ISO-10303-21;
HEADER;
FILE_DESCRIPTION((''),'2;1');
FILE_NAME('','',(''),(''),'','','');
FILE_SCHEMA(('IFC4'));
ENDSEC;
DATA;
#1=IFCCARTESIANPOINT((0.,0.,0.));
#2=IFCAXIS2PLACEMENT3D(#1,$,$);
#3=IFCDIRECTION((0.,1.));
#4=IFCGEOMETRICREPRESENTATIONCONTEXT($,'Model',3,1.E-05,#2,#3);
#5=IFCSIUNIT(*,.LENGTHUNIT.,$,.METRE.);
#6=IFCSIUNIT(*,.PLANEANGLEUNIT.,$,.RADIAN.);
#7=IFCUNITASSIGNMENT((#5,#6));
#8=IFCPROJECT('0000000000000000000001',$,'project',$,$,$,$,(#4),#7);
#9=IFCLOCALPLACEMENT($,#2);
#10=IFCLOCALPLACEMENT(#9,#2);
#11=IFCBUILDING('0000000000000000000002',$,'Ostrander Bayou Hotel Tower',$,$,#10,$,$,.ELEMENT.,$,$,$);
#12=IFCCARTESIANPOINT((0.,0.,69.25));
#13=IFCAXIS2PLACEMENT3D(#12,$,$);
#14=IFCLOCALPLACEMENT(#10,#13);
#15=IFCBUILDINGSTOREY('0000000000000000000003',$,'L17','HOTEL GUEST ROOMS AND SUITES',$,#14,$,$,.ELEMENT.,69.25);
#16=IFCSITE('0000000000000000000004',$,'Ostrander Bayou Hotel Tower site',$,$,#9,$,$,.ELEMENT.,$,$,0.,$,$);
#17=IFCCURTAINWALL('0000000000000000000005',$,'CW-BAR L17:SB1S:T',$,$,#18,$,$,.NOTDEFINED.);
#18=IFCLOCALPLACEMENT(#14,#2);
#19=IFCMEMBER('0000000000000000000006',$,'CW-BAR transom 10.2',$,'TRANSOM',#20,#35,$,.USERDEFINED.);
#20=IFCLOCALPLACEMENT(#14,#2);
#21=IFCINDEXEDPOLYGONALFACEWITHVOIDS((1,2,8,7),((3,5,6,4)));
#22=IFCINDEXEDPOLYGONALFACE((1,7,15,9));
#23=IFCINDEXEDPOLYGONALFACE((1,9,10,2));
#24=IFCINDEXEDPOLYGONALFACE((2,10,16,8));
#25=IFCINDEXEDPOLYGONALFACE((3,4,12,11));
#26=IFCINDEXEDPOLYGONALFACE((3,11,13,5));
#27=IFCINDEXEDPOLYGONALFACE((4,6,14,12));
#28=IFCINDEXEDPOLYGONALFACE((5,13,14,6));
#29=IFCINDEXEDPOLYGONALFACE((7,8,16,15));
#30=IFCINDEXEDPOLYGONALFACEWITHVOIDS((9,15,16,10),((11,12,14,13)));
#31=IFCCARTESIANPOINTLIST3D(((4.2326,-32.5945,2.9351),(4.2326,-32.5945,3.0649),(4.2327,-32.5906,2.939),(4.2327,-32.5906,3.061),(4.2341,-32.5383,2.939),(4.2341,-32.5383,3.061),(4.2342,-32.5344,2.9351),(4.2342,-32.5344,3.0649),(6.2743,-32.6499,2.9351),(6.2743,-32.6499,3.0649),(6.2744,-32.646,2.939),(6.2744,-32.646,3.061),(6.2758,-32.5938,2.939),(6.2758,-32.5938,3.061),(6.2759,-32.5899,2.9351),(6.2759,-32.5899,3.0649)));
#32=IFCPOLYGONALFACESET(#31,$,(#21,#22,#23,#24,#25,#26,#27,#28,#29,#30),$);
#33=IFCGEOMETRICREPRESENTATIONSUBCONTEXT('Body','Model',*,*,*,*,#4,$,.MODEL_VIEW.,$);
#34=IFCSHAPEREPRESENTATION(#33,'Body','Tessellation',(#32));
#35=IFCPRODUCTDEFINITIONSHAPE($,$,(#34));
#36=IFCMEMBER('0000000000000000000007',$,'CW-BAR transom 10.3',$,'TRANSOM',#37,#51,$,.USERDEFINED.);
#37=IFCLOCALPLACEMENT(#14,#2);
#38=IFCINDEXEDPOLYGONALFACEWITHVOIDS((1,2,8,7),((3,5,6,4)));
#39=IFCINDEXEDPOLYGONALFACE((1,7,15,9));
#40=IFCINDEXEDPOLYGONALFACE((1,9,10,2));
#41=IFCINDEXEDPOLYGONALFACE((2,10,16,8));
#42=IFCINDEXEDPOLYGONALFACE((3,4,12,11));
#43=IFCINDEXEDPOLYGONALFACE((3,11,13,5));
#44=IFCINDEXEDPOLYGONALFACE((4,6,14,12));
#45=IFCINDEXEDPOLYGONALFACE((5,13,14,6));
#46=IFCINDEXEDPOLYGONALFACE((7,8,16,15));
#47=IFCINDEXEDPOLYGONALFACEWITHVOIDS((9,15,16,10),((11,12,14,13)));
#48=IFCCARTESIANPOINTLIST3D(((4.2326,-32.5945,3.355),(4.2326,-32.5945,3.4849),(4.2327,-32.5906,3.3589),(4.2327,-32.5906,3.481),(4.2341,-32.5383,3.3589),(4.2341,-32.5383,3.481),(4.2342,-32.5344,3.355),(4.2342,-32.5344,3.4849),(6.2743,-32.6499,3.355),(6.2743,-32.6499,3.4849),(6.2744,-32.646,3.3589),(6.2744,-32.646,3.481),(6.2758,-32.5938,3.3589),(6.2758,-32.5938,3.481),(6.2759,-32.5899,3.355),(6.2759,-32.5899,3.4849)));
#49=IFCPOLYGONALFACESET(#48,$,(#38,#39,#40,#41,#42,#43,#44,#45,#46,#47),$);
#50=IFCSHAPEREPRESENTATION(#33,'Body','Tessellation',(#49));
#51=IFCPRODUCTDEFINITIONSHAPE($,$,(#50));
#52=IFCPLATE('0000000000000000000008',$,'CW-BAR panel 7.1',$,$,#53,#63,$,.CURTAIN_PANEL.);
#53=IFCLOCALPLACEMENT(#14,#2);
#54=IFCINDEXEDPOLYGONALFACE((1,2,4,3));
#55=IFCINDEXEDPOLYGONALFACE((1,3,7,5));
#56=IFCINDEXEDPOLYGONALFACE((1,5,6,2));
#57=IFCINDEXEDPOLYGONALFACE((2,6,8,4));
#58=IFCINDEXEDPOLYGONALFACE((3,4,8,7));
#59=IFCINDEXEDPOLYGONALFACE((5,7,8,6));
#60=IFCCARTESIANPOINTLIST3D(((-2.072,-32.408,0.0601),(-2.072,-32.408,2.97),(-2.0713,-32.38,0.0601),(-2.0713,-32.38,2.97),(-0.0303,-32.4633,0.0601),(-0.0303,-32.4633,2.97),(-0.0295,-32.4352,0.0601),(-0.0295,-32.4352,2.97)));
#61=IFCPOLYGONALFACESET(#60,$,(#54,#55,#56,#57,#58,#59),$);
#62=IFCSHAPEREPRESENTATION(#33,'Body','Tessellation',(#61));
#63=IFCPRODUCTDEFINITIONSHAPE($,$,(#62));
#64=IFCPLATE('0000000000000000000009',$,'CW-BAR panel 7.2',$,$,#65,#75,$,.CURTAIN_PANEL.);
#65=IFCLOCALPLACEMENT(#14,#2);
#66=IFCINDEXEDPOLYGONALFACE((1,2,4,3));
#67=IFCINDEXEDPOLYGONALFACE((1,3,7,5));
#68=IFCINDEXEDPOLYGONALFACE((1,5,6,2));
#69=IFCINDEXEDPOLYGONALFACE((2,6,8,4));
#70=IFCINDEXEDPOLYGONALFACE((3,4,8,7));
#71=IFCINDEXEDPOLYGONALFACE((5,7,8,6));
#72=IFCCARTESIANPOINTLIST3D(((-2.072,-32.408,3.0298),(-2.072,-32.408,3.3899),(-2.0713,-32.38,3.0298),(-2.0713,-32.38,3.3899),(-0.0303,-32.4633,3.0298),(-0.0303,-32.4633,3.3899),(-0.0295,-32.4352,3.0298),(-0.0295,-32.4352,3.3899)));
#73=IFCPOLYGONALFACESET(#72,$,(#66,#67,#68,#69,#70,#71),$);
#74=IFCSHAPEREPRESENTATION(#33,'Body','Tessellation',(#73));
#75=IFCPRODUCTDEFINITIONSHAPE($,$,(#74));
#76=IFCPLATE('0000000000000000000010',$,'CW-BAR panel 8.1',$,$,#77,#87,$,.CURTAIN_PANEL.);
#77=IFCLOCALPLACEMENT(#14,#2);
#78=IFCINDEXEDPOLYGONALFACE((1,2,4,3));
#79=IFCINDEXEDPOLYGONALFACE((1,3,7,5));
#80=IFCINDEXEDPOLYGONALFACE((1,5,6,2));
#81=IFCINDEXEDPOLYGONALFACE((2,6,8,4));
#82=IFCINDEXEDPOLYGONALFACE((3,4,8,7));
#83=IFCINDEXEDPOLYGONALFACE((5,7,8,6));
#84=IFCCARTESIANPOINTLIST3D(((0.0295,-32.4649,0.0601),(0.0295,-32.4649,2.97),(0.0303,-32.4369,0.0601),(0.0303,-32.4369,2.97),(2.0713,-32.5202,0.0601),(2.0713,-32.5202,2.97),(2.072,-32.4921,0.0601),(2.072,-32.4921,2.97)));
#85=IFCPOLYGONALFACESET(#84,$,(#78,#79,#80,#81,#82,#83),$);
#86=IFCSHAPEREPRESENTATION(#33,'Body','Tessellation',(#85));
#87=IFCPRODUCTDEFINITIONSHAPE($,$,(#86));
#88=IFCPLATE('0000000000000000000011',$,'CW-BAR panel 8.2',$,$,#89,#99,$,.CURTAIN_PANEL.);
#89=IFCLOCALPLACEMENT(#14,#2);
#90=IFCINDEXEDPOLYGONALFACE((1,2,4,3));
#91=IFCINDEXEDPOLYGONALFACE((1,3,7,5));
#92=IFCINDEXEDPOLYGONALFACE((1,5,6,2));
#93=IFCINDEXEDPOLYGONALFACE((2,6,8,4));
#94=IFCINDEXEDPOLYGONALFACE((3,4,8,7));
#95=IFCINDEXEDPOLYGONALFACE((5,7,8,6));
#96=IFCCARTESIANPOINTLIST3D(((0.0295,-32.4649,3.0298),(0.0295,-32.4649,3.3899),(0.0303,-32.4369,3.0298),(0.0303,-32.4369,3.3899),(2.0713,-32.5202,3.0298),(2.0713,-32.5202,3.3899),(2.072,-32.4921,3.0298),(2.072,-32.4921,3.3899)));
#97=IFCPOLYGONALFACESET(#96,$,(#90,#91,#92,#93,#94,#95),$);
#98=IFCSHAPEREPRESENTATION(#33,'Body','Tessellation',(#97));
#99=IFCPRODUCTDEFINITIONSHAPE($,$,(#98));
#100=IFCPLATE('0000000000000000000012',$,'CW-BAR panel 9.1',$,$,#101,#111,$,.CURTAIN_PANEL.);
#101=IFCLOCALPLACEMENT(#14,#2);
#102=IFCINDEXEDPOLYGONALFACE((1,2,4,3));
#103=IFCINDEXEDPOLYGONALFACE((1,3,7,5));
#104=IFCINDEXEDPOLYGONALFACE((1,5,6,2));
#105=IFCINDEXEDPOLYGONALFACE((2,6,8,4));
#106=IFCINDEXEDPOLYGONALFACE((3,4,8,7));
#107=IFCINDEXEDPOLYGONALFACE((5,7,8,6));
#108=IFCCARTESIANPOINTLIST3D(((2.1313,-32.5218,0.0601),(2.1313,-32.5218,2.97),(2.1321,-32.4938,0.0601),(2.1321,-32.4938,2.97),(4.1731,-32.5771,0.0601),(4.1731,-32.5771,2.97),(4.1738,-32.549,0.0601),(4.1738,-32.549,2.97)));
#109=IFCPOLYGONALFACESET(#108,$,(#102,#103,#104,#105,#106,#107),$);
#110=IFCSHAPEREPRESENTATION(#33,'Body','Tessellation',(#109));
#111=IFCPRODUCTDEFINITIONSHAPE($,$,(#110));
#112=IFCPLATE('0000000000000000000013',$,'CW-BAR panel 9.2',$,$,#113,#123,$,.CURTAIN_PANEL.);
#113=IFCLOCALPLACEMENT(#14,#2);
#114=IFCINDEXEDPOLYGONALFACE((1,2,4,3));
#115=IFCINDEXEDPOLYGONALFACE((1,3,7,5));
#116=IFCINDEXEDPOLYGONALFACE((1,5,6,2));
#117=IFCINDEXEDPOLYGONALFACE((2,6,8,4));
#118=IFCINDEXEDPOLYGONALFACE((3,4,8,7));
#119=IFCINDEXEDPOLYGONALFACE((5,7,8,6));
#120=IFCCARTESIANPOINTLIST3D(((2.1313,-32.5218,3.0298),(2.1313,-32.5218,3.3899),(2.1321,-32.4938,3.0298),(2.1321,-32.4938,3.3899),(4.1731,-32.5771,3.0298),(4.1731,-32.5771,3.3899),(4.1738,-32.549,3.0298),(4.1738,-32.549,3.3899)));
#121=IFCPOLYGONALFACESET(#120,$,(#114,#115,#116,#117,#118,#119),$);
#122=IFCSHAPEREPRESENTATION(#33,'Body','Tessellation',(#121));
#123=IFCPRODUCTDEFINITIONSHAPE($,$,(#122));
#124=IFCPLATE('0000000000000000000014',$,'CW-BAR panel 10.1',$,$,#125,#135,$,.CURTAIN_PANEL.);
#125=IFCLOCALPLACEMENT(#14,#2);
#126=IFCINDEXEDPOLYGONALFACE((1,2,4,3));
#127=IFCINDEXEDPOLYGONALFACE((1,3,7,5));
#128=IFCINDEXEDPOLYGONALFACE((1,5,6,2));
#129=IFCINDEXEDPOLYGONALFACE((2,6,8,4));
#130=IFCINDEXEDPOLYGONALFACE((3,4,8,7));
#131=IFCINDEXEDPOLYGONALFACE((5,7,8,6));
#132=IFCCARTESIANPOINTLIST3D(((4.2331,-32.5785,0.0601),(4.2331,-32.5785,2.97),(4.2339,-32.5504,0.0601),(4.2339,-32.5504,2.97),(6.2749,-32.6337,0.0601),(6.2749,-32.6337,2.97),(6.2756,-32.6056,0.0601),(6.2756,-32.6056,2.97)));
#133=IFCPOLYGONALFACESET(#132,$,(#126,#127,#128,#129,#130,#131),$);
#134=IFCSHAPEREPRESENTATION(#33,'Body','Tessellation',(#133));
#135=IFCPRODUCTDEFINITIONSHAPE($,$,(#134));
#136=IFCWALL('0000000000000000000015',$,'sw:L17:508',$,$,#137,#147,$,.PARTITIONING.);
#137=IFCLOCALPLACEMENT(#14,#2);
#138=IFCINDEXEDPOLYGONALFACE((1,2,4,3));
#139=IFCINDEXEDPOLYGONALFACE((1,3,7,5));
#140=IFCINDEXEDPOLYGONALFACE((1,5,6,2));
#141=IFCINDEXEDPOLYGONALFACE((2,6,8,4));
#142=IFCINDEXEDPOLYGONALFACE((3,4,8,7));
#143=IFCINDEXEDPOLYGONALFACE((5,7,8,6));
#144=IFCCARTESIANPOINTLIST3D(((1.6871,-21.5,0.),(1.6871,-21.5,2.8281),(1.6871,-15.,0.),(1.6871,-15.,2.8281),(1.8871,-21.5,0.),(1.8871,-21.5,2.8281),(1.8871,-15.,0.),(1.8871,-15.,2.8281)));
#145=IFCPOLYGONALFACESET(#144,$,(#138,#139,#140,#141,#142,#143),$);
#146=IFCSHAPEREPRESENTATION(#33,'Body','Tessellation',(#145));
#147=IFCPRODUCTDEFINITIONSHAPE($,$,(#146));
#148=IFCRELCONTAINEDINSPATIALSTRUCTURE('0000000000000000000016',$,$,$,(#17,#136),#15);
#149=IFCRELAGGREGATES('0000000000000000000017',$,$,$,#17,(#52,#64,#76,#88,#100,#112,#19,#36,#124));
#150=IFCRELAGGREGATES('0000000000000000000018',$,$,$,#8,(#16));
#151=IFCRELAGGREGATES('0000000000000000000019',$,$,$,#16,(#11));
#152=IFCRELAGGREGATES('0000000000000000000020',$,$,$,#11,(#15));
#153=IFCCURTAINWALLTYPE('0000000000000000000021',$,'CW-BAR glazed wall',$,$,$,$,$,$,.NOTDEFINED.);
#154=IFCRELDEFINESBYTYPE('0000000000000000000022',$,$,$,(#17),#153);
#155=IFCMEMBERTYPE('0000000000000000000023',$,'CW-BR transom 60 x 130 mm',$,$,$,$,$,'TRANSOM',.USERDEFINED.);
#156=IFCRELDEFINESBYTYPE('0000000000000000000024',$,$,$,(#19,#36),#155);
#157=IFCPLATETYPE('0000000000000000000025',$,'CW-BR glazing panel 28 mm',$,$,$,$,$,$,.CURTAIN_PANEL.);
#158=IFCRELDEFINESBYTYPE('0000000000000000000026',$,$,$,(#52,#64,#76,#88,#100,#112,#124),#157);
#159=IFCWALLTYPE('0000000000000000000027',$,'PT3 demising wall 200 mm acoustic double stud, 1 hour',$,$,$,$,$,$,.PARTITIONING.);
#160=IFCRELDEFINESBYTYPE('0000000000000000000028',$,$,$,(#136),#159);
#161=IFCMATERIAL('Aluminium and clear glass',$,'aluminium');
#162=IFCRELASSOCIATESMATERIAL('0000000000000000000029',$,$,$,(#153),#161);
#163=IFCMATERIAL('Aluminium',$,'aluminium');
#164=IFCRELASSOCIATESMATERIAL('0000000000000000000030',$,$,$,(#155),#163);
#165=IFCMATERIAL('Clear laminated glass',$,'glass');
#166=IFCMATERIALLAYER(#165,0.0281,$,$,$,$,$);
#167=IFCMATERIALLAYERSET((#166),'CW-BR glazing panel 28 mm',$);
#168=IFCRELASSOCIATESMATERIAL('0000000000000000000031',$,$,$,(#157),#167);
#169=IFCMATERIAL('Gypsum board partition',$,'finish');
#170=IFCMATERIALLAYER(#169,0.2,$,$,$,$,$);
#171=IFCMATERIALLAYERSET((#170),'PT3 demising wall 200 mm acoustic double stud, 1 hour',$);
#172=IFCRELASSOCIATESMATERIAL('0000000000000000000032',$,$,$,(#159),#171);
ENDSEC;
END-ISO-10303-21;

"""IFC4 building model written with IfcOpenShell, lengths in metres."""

from ifc_helpers import new_model, si_unit, direction, frame, frame_2d, origin, origin_2d, place, context, subcontext, project, spatial, rectangle, hollow_rectangle, extrude, material, layer, layer_set, material_profile, profile_set, type_object, element, aggregate, save


model = new_model("IFC4")

# Units and contexts
model_context = context("Model", 3, precision=1e-05, world=origin(), true_north=direction((0.0, 1.0)))
body_context = subcontext(model_context, "Body", "Model", "MODEL_VIEW")
ifc_project = project(units=[si_unit("LENGTHUNIT", "METRE"), si_unit("PLANEANGLEUNIT", "RADIAN")], contexts=[model_context])

# Site, building, storey
site_placement = place(None, origin())
site = spatial("IfcSite", under=ifc_project, at=site_placement, Name="Ostrander Bayou Hotel Tower site", CompositionType="ELEMENT", RefElevation=0.0)
building_placement = place(site_placement, origin())
building = spatial("IfcBuilding", under=site, at=building_placement, Name="Ostrander Bayou Hotel Tower", CompositionType="ELEMENT")
storey_placement = place(building_placement, frame((0.0, 0.0, 69.25)))
storey = spatial("IfcBuildingStorey", under=building, at=storey_placement, Name="L17", Description="HOTEL GUEST ROOMS AND SUITES", CompositionType="ELEMENT", Elevation=69.25)

# Curtain wall, members, plates
ifc_material_1 = material(Name="Aluminium and clear glass", Category="aluminium")
curtain_wall_type = type_object("IfcCurtainWallType", Name="CW-BAR glazed wall", PredefinedType="NOTDEFINED", material=ifc_material_1)
curtain_wall_placement = place(storey_placement, origin())
curtain_wall = element("IfcCurtainWall", 1, at=curtain_wall_placement, inside=storey, type_object=curtain_wall_type, Name="CW-BAR L17:SB1S:T", PredefinedType="NOTDEFINED")
ifc_material_2 = material(Name="Aluminium", Category="aluminium")
ifc_material_profile_1 = material_profile(ifc_material_2, hollow_rectangle(XDim=0.0601, YDim=0.1299, WallThickness=0.0039, at=origin_2d()))
ifc_profile_set_1 = profile_set([ifc_material_profile_1], Name="Aluminium")
member_type_1 = type_object("IfcMemberType", Name="CW-BR transom 60 x 130 mm", ElementType="TRANSOM", PredefinedType="USERDEFINED", material=ifc_profile_set_1)
member_1_placement = place(storey_placement, frame((4.2334, -32.5645, 3.0), z_axis=(0.999632, -0.027133, 0.0), x_axis=(0.027133, 0.999632, 0.0)))
member_1 = element("IfcMember", 2, at=member_1_placement, type_object=member_type_1, Name="CW-BAR transom 10.2", ObjectType="TRANSOM", PredefinedType="USERDEFINED", context=body_context, shape_type="SweptSolid", body=[
    extrude(hollow_rectangle(XDim=0.0601, YDim=0.1299, WallThickness=0.0039, at=origin_2d()), origin(), (0.0, 0.0, 1.0), 2.0425),
])
member_2_placement = place(storey_placement, frame((4.2334, -32.5645, 3.4199), z_axis=(0.999632, -0.027133, 0.0), x_axis=(0.027133, 0.999632, 0.0)))
member_2 = element("IfcMember", 3, at=member_2_placement, type_object=member_type_1, Name="CW-BAR transom 10.3", ObjectType="TRANSOM", PredefinedType="USERDEFINED", context=body_context, shape_type="SweptSolid", body=[
    extrude(hollow_rectangle(XDim=0.0601, YDim=0.1299, WallThickness=0.0039, at=origin_2d()), origin(), (0.0, 0.0, 1.0), 2.0425),
])
ifc_material_3 = material(Name="Clear laminated glass", Category="glass")
ifc_layer_1 = layer(ifc_material_3, 0.0281)
ifc_layer_set_1 = layer_set([ifc_layer_1], Name="CW-BR glazing panel 28 mm")
plate_type = type_object("IfcPlateType", Name="CW-BR glazing panel 28 mm", PredefinedType="CURTAIN_PANEL", material=ifc_layer_set_1)
plate_1_placement = place(storey_placement, frame((-1.0508, -32.4216, 0.0601), z_axis=(0.0, 0.0, 1.0), x_axis=(0.999634, -0.027042, 0.0)))
plate_1 = element("IfcPlate", 4, at=plate_1_placement, type_object=plate_type, Name="CW-BAR panel 7.1", PredefinedType="CURTAIN_PANEL", context=body_context, shape_type="SweptSolid", body=[
    extrude(rectangle(XDim=2.0425, YDim=0.0281, at=origin_2d()), origin(), (0.0, 0.0, 1.0), 2.9099),
])
plate_2_placement = place(storey_placement, frame((-1.0508, -32.4216, 3.0298), z_axis=(0.0, 0.0, 1.0), x_axis=(0.999634, -0.027042, 0.0)))
plate_2 = element("IfcPlate", 5, at=plate_2_placement, type_object=plate_type, Name="CW-BAR panel 7.2", PredefinedType="CURTAIN_PANEL", context=body_context, shape_type="SweptSolid", body=[
    extrude(rectangle(XDim=2.0425, YDim=0.0281, at=origin_2d()), origin(), (0.0, 0.0, 1.0), 0.3601),
])
plate_3_placement = place(storey_placement, frame((1.0508, -32.4785, 0.0601), z_axis=(0.0, 0.0, 1.0), x_axis=(0.999634, -0.027042, 0.0)))
plate_3 = element("IfcPlate", 6, at=plate_3_placement, type_object=plate_type, Name="CW-BAR panel 8.1", PredefinedType="CURTAIN_PANEL", context=body_context, shape_type="SweptSolid", body=[
    extrude(rectangle(XDim=2.0425, YDim=0.0281, at=origin_2d()), origin(), (0.0, 0.0, 1.0), 2.9099),
])
plate_4_placement = place(storey_placement, frame((1.0508, -32.4785, 3.0298), z_axis=(0.0, 0.0, 1.0), x_axis=(0.999634, -0.027042, 0.0)))
plate_4 = element("IfcPlate", 7, at=plate_4_placement, type_object=plate_type, Name="CW-BAR panel 8.2", PredefinedType="CURTAIN_PANEL", context=body_context, shape_type="SweptSolid", body=[
    extrude(rectangle(XDim=2.0425, YDim=0.0281, at=origin_2d()), origin(), (0.0, 0.0, 1.0), 0.3601),
])
plate_5_placement = place(storey_placement, frame((3.1526, -32.5354, 0.0601), z_axis=(0.0, 0.0, 1.0), x_axis=(0.999634, -0.027042, 0.0)))
plate_5 = element("IfcPlate", 8, at=plate_5_placement, type_object=plate_type, Name="CW-BAR panel 9.1", PredefinedType="CURTAIN_PANEL", context=body_context, shape_type="SweptSolid", body=[
    extrude(rectangle(XDim=2.0425, YDim=0.0281, at=origin_2d()), origin(), (0.0, 0.0, 1.0), 2.9099),
])
plate_6_placement = place(storey_placement, frame((3.1526, -32.5354, 3.0298), z_axis=(0.0, 0.0, 1.0), x_axis=(0.999634, -0.027042, 0.0)))
plate_6 = element("IfcPlate", 9, at=plate_6_placement, type_object=plate_type, Name="CW-BAR panel 9.2", PredefinedType="CURTAIN_PANEL", context=body_context, shape_type="SweptSolid", body=[
    extrude(rectangle(XDim=2.0425, YDim=0.0281, at=origin_2d()), origin(), (0.0, 0.0, 1.0), 0.3601),
])
plate_7_placement = place(storey_placement, frame((5.2544, -32.592, 0.0601), z_axis=(0.0, 0.0, 1.0), x_axis=(0.999634, -0.027042, 0.0)))
plate_7 = element("IfcPlate", 10, at=plate_7_placement, type_object=plate_type, Name="CW-BAR panel 10.1", PredefinedType="CURTAIN_PANEL", context=body_context, shape_type="SweptSolid", body=[
    extrude(rectangle(XDim=2.0425, YDim=0.0281, at=origin_2d()), origin(), (0.0, 0.0, 1.0), 2.9099),
])
aggregate(curtain_wall, [plate_1, plate_2, plate_3, plate_4, plate_5, plate_6, member_1, member_2, plate_7])

# Wall
ifc_material_4 = material(Name="Gypsum board partition", Category="finish")
ifc_layer_2 = layer(ifc_material_4, 0.2)
ifc_layer_set_2 = layer_set([ifc_layer_2], Name="PT3 demising wall 200 mm acoustic double stud, 1 hour")
wall_type = type_object("IfcWallType", Name="PT3 demising wall 200 mm acoustic double stud, 1 hour", PredefinedType="PARTITIONING", material=ifc_layer_set_2)
wall_placement = place(storey_placement, frame((1.7871, -21.5, 0.0), z_axis=(0.0, 0.0, 1.0), x_axis=(0.0, 1.0, 0.0)))
element("IfcWall", 11, at=wall_placement, inside=storey, type_object=wall_type, Name="sw:L17:508", PredefinedType="PARTITIONING", context=body_context, shape_type="SweptSolid", body=[
    extrude(rectangle(XDim=6.5, YDim=0.2, at=frame_2d((3.25, 0.0))), origin(), (0.0, 0.0, 1.0), 2.8281),
])

save(model, "model.ifc")
